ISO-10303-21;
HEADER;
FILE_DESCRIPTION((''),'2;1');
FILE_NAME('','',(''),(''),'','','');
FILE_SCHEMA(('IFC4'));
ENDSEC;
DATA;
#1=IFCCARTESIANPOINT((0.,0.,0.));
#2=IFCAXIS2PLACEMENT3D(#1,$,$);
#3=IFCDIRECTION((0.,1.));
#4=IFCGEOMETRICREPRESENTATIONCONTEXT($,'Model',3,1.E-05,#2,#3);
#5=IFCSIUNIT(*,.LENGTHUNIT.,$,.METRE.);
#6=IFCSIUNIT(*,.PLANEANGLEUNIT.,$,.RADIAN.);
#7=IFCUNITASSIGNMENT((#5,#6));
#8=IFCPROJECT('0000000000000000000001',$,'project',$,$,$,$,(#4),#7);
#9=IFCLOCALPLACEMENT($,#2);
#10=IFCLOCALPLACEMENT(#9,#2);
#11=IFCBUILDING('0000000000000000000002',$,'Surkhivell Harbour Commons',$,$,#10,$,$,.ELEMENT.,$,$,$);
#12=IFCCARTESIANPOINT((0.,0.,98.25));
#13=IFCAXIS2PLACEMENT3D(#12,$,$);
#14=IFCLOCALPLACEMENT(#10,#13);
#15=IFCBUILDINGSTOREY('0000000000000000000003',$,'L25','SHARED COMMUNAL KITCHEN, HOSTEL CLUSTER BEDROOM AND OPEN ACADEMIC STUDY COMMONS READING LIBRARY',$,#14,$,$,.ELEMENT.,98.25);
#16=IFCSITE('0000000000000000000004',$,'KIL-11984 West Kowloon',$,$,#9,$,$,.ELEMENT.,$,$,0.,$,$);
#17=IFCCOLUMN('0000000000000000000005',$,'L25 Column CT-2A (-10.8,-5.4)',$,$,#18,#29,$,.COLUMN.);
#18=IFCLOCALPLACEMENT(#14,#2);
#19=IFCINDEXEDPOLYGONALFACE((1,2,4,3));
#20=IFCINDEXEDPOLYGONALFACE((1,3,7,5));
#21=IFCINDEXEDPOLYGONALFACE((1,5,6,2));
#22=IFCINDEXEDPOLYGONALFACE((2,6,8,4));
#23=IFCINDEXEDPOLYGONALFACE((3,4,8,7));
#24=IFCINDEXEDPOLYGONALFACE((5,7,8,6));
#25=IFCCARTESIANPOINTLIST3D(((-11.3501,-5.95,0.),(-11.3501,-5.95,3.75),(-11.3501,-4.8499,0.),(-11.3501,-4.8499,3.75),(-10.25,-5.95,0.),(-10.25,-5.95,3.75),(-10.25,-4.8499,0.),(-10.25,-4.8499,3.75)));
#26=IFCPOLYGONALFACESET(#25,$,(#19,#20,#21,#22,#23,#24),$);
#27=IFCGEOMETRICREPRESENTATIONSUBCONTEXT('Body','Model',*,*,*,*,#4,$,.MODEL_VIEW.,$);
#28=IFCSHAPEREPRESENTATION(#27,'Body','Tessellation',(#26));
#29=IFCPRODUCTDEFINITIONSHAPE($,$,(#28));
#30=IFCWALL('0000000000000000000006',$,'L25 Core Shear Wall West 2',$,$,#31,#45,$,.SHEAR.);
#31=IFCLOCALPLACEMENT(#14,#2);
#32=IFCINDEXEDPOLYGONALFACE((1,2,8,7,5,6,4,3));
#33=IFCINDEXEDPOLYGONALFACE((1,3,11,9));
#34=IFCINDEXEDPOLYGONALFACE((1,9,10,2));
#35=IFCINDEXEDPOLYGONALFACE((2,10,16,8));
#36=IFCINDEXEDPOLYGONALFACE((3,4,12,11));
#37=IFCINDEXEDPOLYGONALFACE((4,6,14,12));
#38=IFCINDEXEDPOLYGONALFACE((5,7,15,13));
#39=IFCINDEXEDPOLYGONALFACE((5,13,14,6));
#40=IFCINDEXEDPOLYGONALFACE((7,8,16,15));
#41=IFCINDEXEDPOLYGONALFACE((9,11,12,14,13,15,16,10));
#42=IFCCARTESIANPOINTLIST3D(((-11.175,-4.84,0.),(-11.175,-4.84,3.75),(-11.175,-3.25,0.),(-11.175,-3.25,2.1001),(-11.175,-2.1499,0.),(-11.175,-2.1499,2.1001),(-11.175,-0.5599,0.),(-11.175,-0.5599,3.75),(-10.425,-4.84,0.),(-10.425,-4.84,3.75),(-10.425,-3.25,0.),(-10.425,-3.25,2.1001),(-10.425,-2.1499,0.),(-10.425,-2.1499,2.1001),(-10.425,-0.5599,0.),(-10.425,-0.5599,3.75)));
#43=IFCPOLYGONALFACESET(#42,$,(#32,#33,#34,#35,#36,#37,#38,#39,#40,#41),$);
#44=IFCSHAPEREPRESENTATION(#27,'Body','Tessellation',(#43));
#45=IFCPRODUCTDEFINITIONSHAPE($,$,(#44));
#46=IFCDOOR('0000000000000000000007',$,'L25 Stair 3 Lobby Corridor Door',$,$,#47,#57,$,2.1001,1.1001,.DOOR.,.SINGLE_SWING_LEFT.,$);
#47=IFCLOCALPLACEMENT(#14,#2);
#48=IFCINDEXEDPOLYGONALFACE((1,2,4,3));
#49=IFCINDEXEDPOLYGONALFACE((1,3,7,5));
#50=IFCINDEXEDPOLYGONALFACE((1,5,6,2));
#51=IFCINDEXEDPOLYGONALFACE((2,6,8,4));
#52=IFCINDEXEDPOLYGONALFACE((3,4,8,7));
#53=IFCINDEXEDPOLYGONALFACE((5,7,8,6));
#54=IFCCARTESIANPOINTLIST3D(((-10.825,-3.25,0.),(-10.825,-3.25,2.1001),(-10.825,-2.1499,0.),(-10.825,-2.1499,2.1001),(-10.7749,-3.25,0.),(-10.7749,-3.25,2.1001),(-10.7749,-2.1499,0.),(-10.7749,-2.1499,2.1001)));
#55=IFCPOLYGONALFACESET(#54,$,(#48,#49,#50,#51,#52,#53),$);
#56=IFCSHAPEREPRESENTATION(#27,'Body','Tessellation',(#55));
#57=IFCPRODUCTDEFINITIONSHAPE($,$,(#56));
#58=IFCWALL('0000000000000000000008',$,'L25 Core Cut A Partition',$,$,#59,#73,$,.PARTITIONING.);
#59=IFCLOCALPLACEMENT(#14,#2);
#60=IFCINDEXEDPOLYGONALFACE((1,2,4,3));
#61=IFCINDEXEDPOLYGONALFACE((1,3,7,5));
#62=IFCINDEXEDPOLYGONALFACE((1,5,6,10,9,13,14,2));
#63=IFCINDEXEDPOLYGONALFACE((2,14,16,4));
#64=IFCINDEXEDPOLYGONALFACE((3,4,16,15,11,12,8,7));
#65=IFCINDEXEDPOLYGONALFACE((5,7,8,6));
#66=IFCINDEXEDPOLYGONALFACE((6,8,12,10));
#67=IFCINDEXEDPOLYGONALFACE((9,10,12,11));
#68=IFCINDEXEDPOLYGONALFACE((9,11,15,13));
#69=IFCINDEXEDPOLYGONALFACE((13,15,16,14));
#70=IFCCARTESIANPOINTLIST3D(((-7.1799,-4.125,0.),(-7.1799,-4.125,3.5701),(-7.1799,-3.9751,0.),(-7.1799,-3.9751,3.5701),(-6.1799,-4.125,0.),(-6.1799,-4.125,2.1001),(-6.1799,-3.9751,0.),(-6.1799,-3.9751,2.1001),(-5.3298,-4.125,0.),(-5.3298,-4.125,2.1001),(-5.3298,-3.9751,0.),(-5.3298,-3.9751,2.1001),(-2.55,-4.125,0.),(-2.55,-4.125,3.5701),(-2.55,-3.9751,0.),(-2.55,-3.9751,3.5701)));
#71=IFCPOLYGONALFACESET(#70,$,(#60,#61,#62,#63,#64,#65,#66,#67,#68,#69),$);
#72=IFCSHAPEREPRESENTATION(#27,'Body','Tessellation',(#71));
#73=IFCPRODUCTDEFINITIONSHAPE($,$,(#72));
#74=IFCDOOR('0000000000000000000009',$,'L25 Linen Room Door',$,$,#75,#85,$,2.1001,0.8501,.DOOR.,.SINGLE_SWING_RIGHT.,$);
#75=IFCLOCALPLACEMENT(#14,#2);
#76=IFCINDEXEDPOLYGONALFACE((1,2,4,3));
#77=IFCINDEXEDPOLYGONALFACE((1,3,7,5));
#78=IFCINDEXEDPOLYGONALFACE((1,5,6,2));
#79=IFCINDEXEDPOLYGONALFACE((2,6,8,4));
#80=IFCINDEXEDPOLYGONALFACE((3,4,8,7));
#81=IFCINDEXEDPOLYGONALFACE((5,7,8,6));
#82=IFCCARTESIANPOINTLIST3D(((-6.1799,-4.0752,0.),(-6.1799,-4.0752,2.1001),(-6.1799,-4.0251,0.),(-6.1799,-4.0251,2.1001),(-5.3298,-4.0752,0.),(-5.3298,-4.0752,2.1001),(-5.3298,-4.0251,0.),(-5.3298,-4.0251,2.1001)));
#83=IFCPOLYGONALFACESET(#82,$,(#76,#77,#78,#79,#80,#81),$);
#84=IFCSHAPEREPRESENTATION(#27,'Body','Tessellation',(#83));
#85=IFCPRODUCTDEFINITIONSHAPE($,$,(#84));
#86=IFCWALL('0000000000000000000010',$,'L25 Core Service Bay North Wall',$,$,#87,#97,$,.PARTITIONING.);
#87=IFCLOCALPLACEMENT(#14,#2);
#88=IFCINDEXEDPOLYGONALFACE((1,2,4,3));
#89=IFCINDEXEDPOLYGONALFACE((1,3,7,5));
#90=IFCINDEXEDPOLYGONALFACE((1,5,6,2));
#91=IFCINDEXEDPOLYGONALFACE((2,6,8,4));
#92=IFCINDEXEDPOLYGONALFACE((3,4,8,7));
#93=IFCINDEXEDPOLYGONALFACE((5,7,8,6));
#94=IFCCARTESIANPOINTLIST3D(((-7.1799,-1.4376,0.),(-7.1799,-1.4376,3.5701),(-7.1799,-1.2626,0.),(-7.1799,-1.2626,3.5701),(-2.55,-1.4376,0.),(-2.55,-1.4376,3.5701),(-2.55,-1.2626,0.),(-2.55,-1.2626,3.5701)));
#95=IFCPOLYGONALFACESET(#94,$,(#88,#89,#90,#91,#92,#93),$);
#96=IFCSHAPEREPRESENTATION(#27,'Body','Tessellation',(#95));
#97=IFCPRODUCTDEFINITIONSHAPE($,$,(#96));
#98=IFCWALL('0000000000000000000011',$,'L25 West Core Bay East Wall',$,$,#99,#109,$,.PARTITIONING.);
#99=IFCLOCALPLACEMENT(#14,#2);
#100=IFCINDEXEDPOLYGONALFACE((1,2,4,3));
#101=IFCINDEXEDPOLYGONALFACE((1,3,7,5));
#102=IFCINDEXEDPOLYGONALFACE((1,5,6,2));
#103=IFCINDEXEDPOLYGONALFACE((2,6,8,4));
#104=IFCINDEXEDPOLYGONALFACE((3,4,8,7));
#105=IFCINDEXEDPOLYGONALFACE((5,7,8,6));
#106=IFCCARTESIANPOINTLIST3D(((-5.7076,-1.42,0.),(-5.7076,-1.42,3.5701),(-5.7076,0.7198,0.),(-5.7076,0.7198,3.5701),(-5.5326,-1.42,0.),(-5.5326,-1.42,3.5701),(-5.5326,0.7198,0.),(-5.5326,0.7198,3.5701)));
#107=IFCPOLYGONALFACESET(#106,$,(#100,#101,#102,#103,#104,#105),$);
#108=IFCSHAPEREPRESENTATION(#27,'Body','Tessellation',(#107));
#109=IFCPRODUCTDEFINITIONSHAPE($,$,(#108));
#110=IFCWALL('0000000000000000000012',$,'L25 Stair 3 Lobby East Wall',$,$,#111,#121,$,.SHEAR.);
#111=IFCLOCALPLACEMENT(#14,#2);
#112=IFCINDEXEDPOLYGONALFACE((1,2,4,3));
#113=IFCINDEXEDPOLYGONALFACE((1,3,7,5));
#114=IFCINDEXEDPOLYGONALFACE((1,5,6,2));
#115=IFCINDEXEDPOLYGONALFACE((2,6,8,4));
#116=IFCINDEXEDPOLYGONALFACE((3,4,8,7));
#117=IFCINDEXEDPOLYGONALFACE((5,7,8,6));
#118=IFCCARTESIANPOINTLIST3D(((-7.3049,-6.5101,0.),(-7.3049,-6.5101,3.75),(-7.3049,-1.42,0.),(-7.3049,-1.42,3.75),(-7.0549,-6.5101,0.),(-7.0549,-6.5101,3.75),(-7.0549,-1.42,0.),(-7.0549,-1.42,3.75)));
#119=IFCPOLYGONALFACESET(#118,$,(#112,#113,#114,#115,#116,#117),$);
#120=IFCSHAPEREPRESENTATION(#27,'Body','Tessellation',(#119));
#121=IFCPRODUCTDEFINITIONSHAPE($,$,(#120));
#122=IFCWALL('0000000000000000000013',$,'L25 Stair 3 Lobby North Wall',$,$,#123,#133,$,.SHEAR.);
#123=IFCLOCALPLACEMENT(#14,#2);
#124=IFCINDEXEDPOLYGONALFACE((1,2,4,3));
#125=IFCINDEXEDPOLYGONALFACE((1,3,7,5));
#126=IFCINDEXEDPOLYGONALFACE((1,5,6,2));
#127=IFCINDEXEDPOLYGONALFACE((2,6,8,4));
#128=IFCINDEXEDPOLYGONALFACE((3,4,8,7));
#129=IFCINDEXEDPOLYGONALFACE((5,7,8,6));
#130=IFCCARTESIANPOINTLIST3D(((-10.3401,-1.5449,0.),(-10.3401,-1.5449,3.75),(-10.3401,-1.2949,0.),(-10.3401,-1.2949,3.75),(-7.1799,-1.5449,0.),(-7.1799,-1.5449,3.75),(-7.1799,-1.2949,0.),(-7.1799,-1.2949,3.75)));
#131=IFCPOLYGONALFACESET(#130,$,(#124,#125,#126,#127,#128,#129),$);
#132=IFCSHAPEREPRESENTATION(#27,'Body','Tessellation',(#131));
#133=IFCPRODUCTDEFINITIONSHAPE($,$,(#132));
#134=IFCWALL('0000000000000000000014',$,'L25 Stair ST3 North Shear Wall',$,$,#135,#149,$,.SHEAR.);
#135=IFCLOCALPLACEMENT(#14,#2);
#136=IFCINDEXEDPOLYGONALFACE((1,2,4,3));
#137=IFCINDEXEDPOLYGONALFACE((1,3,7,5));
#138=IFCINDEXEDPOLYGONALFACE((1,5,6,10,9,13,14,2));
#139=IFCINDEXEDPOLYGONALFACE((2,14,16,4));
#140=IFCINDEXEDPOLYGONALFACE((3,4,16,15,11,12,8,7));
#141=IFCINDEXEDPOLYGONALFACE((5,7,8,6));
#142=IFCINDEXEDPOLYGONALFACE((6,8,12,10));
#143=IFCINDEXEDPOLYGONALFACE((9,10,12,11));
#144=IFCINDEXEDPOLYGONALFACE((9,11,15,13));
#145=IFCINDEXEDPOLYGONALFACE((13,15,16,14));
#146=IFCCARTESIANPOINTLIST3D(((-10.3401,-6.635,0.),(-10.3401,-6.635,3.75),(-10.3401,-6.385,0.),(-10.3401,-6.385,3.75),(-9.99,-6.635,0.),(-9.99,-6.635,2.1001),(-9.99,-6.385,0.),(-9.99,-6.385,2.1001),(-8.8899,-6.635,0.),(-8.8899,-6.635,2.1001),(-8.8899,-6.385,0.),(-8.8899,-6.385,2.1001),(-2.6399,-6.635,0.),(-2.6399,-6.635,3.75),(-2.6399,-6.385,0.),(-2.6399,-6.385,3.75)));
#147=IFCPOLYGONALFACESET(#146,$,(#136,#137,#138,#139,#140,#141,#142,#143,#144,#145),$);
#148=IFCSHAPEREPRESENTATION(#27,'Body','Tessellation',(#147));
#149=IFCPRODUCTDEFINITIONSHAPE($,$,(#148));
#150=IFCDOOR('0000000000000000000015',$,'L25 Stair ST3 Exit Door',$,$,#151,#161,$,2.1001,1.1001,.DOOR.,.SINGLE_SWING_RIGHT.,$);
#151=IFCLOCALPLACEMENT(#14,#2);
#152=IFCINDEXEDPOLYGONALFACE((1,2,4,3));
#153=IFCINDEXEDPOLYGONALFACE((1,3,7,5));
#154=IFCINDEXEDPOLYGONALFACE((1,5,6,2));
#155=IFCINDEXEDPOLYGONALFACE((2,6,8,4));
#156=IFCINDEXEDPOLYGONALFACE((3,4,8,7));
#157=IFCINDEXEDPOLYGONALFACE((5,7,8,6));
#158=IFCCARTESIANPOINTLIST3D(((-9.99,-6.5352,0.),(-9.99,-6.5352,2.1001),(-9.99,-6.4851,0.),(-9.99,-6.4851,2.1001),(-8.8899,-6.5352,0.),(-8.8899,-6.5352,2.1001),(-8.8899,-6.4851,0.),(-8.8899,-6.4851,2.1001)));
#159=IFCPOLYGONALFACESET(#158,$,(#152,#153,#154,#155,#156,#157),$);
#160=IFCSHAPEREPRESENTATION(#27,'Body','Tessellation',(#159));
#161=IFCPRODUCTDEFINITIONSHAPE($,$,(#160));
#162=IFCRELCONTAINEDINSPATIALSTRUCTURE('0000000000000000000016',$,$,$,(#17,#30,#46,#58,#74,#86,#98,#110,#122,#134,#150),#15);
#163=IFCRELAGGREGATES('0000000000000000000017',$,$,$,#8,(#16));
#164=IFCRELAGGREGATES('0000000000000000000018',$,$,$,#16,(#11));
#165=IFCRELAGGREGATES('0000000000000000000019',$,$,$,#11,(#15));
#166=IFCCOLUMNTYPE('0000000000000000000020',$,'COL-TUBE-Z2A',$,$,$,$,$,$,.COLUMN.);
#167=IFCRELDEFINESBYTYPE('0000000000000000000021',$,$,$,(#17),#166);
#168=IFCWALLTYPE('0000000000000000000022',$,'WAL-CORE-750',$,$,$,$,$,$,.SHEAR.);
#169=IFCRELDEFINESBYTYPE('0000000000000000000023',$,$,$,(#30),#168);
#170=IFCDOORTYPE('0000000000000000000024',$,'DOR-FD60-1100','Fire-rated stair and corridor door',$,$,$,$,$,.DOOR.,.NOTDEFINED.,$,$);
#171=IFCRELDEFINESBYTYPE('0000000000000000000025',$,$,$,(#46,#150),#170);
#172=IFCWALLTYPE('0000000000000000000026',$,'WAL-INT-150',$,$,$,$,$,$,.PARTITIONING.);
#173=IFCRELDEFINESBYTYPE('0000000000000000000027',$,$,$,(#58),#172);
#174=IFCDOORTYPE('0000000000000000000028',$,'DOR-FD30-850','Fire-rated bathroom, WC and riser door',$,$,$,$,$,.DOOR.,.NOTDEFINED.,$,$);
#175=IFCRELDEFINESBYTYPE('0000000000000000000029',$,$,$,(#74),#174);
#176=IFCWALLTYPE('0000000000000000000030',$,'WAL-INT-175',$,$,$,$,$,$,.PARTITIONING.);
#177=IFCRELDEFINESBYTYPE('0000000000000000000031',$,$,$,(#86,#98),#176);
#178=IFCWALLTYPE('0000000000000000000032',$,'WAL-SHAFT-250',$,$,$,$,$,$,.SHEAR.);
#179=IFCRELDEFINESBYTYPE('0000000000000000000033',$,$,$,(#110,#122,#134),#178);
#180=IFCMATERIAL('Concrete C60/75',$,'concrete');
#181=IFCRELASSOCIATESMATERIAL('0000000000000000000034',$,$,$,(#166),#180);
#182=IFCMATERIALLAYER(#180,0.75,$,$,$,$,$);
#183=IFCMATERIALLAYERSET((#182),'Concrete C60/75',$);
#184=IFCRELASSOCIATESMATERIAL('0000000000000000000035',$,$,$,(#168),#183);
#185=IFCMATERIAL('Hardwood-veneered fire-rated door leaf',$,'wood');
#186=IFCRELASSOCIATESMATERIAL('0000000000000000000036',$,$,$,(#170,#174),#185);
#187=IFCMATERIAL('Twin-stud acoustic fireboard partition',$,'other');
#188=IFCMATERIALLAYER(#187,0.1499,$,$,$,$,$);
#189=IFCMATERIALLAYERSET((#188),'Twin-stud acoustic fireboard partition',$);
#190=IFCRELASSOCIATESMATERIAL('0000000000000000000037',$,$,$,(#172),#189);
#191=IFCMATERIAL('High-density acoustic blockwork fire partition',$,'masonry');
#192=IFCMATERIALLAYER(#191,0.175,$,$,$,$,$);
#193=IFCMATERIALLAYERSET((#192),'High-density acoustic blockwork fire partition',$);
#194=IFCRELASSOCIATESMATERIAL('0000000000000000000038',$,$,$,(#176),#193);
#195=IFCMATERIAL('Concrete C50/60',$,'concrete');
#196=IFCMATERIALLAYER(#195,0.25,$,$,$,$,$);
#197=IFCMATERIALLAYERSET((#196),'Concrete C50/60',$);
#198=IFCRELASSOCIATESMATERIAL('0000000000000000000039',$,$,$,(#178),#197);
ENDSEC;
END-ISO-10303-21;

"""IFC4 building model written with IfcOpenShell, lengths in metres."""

from ifc_helpers import new_model, si_unit, direction, frame, frame_2d, origin, origin_2d, place, context, subcontext, project, spatial, rectangle, extrude, material, layer, layer_set, material_profile, profile_set, type_object, element, fill, save


model = new_model("IFC4")

# Units and contexts
model_context = context("Model", 3, precision=1e-05, world=origin(), true_north=direction((0.0, 1.0)))
body_context = subcontext(model_context, "Body", "Model", "MODEL_VIEW")
ifc_project = project(units=[si_unit("LENGTHUNIT", "METRE"), si_unit("PLANEANGLEUNIT", "RADIAN")], contexts=[model_context])

# Site, building, storey
site_placement = place(None, origin())
site = spatial("IfcSite", under=ifc_project, at=site_placement, Name="KIL-11984 West Kowloon", CompositionType="ELEMENT", RefElevation=0.0)
building_placement = place(site_placement, origin())
building = spatial("IfcBuilding", under=site, at=building_placement, Name="Surkhivell Harbour Commons", CompositionType="ELEMENT")
storey_placement = place(building_placement, frame((0.0, 0.0, 98.25)))
storey = spatial("IfcBuildingStorey", under=building, at=storey_placement, Name="L25", Description="SHARED COMMUNAL KITCHEN, HOSTEL CLUSTER BEDROOM AND OPEN ACADEMIC STUDY COMMONS READING LIBRARY", CompositionType="ELEMENT", Elevation=98.25)

# Column
ifc_material_1 = material(Name="Concrete C60/75", Category="concrete")
ifc_material_profile = material_profile(ifc_material_1, rectangle(XDim=1.1001, YDim=1.1001, at=origin_2d()), Name="RC-COL-1100x1100")
ifc_profile_set = profile_set([ifc_material_profile], Name="Concrete C60/75")
column_type = type_object("IfcColumnType", Name="COL-TUBE-Z2A", PredefinedType="COLUMN", material=ifc_profile_set)
column_placement = place(storey_placement, frame((-10.8, -5.3999, 0.0), z_axis=(0.0, 0.0, 1.0), x_axis=(1.0, 0.0, 0.0)))
element("IfcColumn", 1, at=column_placement, inside=storey, type_object=column_type, Name="L25 Column CT-2A (-10.8,-5.4)", PredefinedType="COLUMN", context=body_context, shape_type="SweptSolid", body=[
    extrude(rectangle(XDim=1.1001, YDim=1.1001, at=origin_2d()), origin(), (0.0, 0.0, 1.0), 3.75),
])

# Walls, openings, doors
ifc_layer_1 = layer(ifc_material_1, 0.75)
ifc_layer_set_1 = layer_set([ifc_layer_1], Name="Concrete C60/75")
wall_type_1 = type_object("IfcWallType", Name="WAL-CORE-750", PredefinedType="SHEAR", material=ifc_layer_set_1)
wall_1_placement = place(storey_placement, frame((-10.8, -4.8401, 0.0), z_axis=(0.0, 0.0, 1.0), x_axis=(0.0, 1.0, 0.0)))
wall_1 = element("IfcWall", 2, at=wall_1_placement, inside=storey, type_object=wall_type_1, Name="L25 Core Shear Wall West 2", PredefinedType="SHEAR", context=body_context, shape_type="SweptSolid", body=[
    extrude(rectangle(XDim=4.28, YDim=0.75, at=frame_2d((2.1401, 0.0))), origin(), (0.0, 0.0, 1.0), 3.75),
])
opening_1_placement = place(wall_1_placement, frame((1.5901, 0.0, 0.0)))
opening_1 = element("IfcOpeningElement", 3, at=opening_1_placement, cuts=wall_1, PredefinedType="OPENING", context=body_context, shape_type="SweptSolid", body=[
    extrude(rectangle(XDim=1.1001, YDim=2.1001, at=frame_2d((0.55, 1.05))), frame((0.0, 0.385, 0.0), z_axis=(0.0, -1.0, 0.0), x_axis=(1.0, 0.0, 0.0)), (0.0, 0.0, 1.0), 0.77),
])
ifc_material_2 = material(Name="Hardwood-veneered fire-rated door leaf", Category="wood")
door_type_1 = type_object("IfcDoorType", Name="DOR-FD60-1100", Description="Fire-rated stair and corridor door", OperationType="NOTDEFINED", PredefinedType="DOOR", material=ifc_material_2)
door_1_placement = place(opening_1_placement, origin())
door_1 = element("IfcDoor", 4, at=door_1_placement, inside=storey, type_object=door_type_1, Name="L25 Stair 3 Lobby Corridor Door", OperationType="SINGLE_SWING_LEFT", OverallHeight=2.1001, OverallWidth=1.1001, PredefinedType="DOOR", context=body_context, shape_type="SweptSolid", body=[
    extrude(rectangle(XDim=1.1001, YDim=2.1001, at=frame_2d((0.55, 1.05))), frame((0.0, 0.0249, 0.0), z_axis=(0.0, -1.0, 0.0), x_axis=(1.0, 0.0, 0.0)), (0.0, 0.0, 1.0), 0.05),
])
fill(opening_1, door_1)
ifc_material_3 = material(Name="Twin-stud acoustic fireboard partition", Category="other")
ifc_layer_2 = layer(ifc_material_3, 0.1499)
ifc_layer_set_2 = layer_set([ifc_layer_2], Name="Twin-stud acoustic fireboard partition")
wall_type_2 = type_object("IfcWallType", Name="WAL-INT-150", PredefinedType="PARTITIONING", material=ifc_layer_set_2)
wall_2_placement = place(storey_placement, frame((-7.1799, -4.05, 0.0), z_axis=(0.0, 0.0, 1.0), x_axis=(1.0, 0.0, 0.0)))
wall_2 = element("IfcWall", 5, at=wall_2_placement, inside=storey, type_object=wall_type_2, Name="L25 Core Cut A Partition", PredefinedType="PARTITIONING", context=body_context, shape_type="SweptSolid", body=[
    extrude(rectangle(XDim=4.6299, YDim=0.1499, at=frame_2d((2.3149, 0.0))), origin(), (0.0, 0.0, 1.0), 3.5701),
])
opening_2_placement = place(wall_2_placement, frame((1.0, 0.0, 0.0)))
opening_2 = element("IfcOpeningElement", 6, at=opening_2_placement, cuts=wall_2, PredefinedType="OPENING", context=body_context, shape_type="SweptSolid", body=[
    extrude(rectangle(XDim=0.8501, YDim=2.1001, at=frame_2d((0.425, 1.05))), frame((0.0, 0.085, 0.0), z_axis=(0.0, -1.0, 0.0), x_axis=(1.0, 0.0, 0.0)), (0.0, 0.0, 1.0), 0.1699),
])
door_type_2 = type_object("IfcDoorType", Name="DOR-FD30-850", Description="Fire-rated bathroom, WC and riser door", OperationType="NOTDEFINED", PredefinedType="DOOR", material=ifc_material_2)
door_2_placement = place(opening_2_placement, origin())
door_2 = element("IfcDoor", 7, at=door_2_placement, inside=storey, type_object=door_type_2, Name="L25 Linen Room Door", OperationType="SINGLE_SWING_RIGHT", OverallHeight=2.1001, OverallWidth=0.8501, PredefinedType="DOOR", context=body_context, shape_type="SweptSolid", body=[
    extrude(rectangle(XDim=0.8501, YDim=2.1001, at=frame_2d((0.425, 1.05))), frame((0.0, 0.0249, 0.0), z_axis=(0.0, -1.0, 0.0), x_axis=(1.0, 0.0, 0.0)), (0.0, 0.0, 1.0), 0.05),
])
fill(opening_2, door_2)

# Walls
ifc_material_4 = material(Name="High-density acoustic blockwork fire partition", Category="masonry")
ifc_layer_3 = layer(ifc_material_4, 0.175)
ifc_layer_set_3 = layer_set([ifc_layer_3], Name="High-density acoustic blockwork fire partition")
wall_type_3 = type_object("IfcWallType", Name="WAL-INT-175", PredefinedType="PARTITIONING", material=ifc_layer_set_3)
wall_3_placement = place(storey_placement, frame((-7.1799, -1.3501, 0.0), z_axis=(0.0, 0.0, 1.0), x_axis=(1.0, 0.0, 0.0)))
element("IfcWall", 8, at=wall_3_placement, inside=storey, type_object=wall_type_3, Name="L25 Core Service Bay North Wall", PredefinedType="PARTITIONING", context=body_context, shape_type="SweptSolid", body=[
    extrude(rectangle(XDim=4.6299, YDim=0.175, at=frame_2d((2.3149, 0.0))), origin(), (0.0, 0.0, 1.0), 3.5701),
])
wall_4_placement = place(storey_placement, frame((-5.6201, -1.4199, 0.0), z_axis=(0.0, 0.0, 1.0), x_axis=(0.0, 1.0, 0.0)))
element("IfcWall", 9, at=wall_4_placement, inside=storey, type_object=wall_type_3, Name="L25 West Core Bay East Wall", PredefinedType="PARTITIONING", context=body_context, shape_type="SweptSolid", body=[
    extrude(rectangle(XDim=2.1399, YDim=0.175, at=frame_2d((1.0698, 0.0))), origin(), (0.0, 0.0, 1.0), 3.5701),
])
ifc_material_5 = material(Name="Concrete C50/60", Category="concrete")
ifc_layer_4 = layer(ifc_material_5, 0.25)
ifc_layer_set_4 = layer_set([ifc_layer_4], Name="Concrete C50/60")
wall_type_4 = type_object("IfcWallType", Name="WAL-SHAFT-250", PredefinedType="SHEAR", material=ifc_layer_set_4)
wall_5_placement = place(storey_placement, frame((-7.1799, -6.51, 0.0), z_axis=(0.0, 0.0, 1.0), x_axis=(0.0, 1.0, 0.0)))
element("IfcWall", 10, at=wall_5_placement, inside=storey, type_object=wall_type_4, Name="L25 Stair 3 Lobby East Wall", PredefinedType="SHEAR", context=body_context, shape_type="SweptSolid", body=[
    extrude(rectangle(XDim=5.0901, YDim=0.25, at=frame_2d((2.5449, 0.0))), origin(), (0.0, 0.0, 1.0), 3.75),
])
wall_6_placement = place(storey_placement, frame((-10.3401, -1.4199, 0.0), z_axis=(0.0, 0.0, 1.0), x_axis=(1.0, 0.0, 0.0)))
element("IfcWall", 11, at=wall_6_placement, inside=storey, type_object=wall_type_4, Name="L25 Stair 3 Lobby North Wall", PredefinedType="SHEAR", context=body_context, shape_type="SweptSolid", body=[
    extrude(rectangle(XDim=3.1602, YDim=0.25, at=frame_2d((1.5801, 0.0))), origin(), (0.0, 0.0, 1.0), 3.75),
])

# Wall, opening, door
wall_7_placement = place(storey_placement, frame((-10.3401, -6.51, 0.0), z_axis=(0.0, 0.0, 1.0), x_axis=(1.0, 0.0, 0.0)))
wall_7 = element("IfcWall", 12, at=wall_7_placement, inside=storey, type_object=wall_type_4, Name="L25 Stair ST3 North Shear Wall", PredefinedType="SHEAR", context=body_context, shape_type="SweptSolid", body=[
    extrude(rectangle(XDim=7.7002, YDim=0.25, at=frame_2d((3.8501, 0.0))), origin(), (0.0, 0.0, 1.0), 3.75),
])
opening_3_placement = place(wall_7_placement, frame((0.3501, 0.0, 0.0)))
opening_3 = element("IfcOpeningElement", 13, at=opening_3_placement, cuts=wall_7, PredefinedType="OPENING", context=body_context, shape_type="SweptSolid", body=[
    extrude(rectangle(XDim=1.1001, YDim=2.1001, at=frame_2d((0.55, 1.05))), frame((0.0, 0.135, 0.0), z_axis=(0.0, -1.0, 0.0), x_axis=(1.0, 0.0, 0.0)), (0.0, 0.0, 1.0), 0.27),
])
door_3_placement = place(opening_3_placement, origin())
door_3 = element("IfcDoor", 14, at=door_3_placement, inside=storey, type_object=door_type_1, Name="L25 Stair ST3 Exit Door", OperationType="SINGLE_SWING_RIGHT", OverallHeight=2.1001, OverallWidth=1.1001, PredefinedType="DOOR", context=body_context, shape_type="SweptSolid", body=[
    extrude(rectangle(XDim=1.1001, YDim=2.1001, at=frame_2d((0.55, 1.05))), frame((0.0, 0.0249, 0.0), z_axis=(0.0, -1.0, 0.0), x_axis=(1.0, 0.0, 0.0)), (0.0, 0.0, 1.0), 0.05),
])
fill(opening_3, door_3)

save(model, "model.ifc")
